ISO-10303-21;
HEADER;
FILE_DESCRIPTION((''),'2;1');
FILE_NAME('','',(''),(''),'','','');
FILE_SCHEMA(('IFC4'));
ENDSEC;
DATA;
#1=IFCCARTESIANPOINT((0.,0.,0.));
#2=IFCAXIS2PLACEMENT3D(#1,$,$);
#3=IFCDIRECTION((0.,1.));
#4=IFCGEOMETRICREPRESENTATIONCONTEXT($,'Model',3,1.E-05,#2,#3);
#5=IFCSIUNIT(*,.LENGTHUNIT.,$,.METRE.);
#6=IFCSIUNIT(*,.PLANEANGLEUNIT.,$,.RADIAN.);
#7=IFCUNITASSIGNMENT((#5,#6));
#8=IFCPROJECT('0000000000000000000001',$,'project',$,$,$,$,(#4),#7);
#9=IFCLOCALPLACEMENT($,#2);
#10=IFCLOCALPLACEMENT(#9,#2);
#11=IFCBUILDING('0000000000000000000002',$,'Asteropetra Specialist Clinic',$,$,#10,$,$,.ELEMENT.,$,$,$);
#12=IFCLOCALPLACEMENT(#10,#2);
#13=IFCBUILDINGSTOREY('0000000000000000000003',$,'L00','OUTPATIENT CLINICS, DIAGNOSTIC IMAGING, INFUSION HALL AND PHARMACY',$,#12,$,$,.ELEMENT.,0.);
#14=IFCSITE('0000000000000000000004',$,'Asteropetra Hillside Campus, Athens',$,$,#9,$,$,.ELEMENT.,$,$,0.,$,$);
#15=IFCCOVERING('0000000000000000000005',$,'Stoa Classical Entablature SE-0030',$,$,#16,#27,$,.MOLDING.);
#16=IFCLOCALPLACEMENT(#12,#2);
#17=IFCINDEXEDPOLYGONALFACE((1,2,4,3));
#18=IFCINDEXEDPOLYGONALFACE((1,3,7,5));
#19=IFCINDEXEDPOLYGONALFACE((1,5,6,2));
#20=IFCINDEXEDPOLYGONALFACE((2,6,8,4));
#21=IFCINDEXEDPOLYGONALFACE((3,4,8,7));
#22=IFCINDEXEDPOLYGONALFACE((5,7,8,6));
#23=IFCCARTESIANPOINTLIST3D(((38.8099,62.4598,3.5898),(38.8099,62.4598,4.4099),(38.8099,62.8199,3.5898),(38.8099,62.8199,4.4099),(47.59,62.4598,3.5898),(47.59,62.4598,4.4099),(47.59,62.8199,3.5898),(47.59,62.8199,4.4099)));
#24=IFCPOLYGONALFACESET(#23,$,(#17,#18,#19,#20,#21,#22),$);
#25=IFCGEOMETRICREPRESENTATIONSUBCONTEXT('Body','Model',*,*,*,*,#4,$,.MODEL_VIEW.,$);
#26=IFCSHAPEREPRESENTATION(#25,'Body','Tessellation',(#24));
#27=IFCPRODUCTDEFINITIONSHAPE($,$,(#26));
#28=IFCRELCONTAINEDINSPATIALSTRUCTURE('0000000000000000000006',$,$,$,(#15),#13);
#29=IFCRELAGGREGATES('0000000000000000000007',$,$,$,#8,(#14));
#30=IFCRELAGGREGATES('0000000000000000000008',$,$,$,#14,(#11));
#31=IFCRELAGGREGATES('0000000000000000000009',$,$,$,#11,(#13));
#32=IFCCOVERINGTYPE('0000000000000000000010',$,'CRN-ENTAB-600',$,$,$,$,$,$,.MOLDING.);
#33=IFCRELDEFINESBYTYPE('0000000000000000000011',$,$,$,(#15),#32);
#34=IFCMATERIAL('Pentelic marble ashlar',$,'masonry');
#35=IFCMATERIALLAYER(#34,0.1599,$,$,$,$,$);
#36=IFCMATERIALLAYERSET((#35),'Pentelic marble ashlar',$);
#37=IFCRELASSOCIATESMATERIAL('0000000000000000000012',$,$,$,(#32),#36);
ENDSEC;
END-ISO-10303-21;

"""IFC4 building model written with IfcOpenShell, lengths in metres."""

from ifc_helpers import new_model, si_unit, direction, frame, origin, origin_2d, place, context, subcontext, project, spatial, rectangle, extrude, material, layer, layer_set, type_object, element, save


model = new_model("IFC4")

# Units and contexts
model_context = context("Model", 3, precision=1e-05, world=origin(), true_north=direction((0.0, 1.0)))
body_context = subcontext(model_context, "Body", "Model", "MODEL_VIEW")
ifc_project = project(units=[si_unit("LENGTHUNIT", "METRE"), si_unit("PLANEANGLEUNIT", "RADIAN")], contexts=[model_context])

# Site, building, storey
site_placement = place(None, origin())
site = spatial("IfcSite", under=ifc_project, at=site_placement, Name="Asteropetra Hillside Campus, Athens", CompositionType="ELEMENT", RefElevation=0.0)
building_placement = place(site_placement, origin())
building = spatial("IfcBuilding", under=site, at=building_placement, Name="Asteropetra Specialist Clinic", CompositionType="ELEMENT")
storey_placement = place(building_placement, origin())
storey = spatial("IfcBuildingStorey", under=building, at=storey_placement, Name="L00", Description="OUTPATIENT CLINICS, DIAGNOSTIC IMAGING, INFUSION HALL AND PHARMACY", CompositionType="ELEMENT", Elevation=0.0)

# Covering
ifc_material_1 = material(Name="Pentelic marble ashlar", Category="masonry")
ifc_layer_1 = layer(ifc_material_1, 0.1599)
ifc_layer_set_1 = layer_set([ifc_layer_1], Name="Pentelic marble ashlar")
covering_type = type_object("IfcCoveringType", Name="CRN-ENTAB-600", PredefinedType="MOLDING", material=ifc_layer_set_1)
covering_placement = place(storey_placement, frame((43.2, 62.6399, 3.5898), z_axis=(0.0, 0.0, 1.0), x_axis=(1.0, 0.0, 0.0)))
element("IfcCovering", 1, at=covering_placement, inside=storey, type_object=covering_type, Name="Stoa Classical Entablature SE-0030", PredefinedType="MOLDING", context=body_context, shape_type="SweptSolid", body=[
    extrude(rectangle(XDim=8.78, YDim=0.3601, at=origin_2d()), origin(), (0.0, 0.0, 1.0), 0.8201),
])

save(model, "model.ifc")
